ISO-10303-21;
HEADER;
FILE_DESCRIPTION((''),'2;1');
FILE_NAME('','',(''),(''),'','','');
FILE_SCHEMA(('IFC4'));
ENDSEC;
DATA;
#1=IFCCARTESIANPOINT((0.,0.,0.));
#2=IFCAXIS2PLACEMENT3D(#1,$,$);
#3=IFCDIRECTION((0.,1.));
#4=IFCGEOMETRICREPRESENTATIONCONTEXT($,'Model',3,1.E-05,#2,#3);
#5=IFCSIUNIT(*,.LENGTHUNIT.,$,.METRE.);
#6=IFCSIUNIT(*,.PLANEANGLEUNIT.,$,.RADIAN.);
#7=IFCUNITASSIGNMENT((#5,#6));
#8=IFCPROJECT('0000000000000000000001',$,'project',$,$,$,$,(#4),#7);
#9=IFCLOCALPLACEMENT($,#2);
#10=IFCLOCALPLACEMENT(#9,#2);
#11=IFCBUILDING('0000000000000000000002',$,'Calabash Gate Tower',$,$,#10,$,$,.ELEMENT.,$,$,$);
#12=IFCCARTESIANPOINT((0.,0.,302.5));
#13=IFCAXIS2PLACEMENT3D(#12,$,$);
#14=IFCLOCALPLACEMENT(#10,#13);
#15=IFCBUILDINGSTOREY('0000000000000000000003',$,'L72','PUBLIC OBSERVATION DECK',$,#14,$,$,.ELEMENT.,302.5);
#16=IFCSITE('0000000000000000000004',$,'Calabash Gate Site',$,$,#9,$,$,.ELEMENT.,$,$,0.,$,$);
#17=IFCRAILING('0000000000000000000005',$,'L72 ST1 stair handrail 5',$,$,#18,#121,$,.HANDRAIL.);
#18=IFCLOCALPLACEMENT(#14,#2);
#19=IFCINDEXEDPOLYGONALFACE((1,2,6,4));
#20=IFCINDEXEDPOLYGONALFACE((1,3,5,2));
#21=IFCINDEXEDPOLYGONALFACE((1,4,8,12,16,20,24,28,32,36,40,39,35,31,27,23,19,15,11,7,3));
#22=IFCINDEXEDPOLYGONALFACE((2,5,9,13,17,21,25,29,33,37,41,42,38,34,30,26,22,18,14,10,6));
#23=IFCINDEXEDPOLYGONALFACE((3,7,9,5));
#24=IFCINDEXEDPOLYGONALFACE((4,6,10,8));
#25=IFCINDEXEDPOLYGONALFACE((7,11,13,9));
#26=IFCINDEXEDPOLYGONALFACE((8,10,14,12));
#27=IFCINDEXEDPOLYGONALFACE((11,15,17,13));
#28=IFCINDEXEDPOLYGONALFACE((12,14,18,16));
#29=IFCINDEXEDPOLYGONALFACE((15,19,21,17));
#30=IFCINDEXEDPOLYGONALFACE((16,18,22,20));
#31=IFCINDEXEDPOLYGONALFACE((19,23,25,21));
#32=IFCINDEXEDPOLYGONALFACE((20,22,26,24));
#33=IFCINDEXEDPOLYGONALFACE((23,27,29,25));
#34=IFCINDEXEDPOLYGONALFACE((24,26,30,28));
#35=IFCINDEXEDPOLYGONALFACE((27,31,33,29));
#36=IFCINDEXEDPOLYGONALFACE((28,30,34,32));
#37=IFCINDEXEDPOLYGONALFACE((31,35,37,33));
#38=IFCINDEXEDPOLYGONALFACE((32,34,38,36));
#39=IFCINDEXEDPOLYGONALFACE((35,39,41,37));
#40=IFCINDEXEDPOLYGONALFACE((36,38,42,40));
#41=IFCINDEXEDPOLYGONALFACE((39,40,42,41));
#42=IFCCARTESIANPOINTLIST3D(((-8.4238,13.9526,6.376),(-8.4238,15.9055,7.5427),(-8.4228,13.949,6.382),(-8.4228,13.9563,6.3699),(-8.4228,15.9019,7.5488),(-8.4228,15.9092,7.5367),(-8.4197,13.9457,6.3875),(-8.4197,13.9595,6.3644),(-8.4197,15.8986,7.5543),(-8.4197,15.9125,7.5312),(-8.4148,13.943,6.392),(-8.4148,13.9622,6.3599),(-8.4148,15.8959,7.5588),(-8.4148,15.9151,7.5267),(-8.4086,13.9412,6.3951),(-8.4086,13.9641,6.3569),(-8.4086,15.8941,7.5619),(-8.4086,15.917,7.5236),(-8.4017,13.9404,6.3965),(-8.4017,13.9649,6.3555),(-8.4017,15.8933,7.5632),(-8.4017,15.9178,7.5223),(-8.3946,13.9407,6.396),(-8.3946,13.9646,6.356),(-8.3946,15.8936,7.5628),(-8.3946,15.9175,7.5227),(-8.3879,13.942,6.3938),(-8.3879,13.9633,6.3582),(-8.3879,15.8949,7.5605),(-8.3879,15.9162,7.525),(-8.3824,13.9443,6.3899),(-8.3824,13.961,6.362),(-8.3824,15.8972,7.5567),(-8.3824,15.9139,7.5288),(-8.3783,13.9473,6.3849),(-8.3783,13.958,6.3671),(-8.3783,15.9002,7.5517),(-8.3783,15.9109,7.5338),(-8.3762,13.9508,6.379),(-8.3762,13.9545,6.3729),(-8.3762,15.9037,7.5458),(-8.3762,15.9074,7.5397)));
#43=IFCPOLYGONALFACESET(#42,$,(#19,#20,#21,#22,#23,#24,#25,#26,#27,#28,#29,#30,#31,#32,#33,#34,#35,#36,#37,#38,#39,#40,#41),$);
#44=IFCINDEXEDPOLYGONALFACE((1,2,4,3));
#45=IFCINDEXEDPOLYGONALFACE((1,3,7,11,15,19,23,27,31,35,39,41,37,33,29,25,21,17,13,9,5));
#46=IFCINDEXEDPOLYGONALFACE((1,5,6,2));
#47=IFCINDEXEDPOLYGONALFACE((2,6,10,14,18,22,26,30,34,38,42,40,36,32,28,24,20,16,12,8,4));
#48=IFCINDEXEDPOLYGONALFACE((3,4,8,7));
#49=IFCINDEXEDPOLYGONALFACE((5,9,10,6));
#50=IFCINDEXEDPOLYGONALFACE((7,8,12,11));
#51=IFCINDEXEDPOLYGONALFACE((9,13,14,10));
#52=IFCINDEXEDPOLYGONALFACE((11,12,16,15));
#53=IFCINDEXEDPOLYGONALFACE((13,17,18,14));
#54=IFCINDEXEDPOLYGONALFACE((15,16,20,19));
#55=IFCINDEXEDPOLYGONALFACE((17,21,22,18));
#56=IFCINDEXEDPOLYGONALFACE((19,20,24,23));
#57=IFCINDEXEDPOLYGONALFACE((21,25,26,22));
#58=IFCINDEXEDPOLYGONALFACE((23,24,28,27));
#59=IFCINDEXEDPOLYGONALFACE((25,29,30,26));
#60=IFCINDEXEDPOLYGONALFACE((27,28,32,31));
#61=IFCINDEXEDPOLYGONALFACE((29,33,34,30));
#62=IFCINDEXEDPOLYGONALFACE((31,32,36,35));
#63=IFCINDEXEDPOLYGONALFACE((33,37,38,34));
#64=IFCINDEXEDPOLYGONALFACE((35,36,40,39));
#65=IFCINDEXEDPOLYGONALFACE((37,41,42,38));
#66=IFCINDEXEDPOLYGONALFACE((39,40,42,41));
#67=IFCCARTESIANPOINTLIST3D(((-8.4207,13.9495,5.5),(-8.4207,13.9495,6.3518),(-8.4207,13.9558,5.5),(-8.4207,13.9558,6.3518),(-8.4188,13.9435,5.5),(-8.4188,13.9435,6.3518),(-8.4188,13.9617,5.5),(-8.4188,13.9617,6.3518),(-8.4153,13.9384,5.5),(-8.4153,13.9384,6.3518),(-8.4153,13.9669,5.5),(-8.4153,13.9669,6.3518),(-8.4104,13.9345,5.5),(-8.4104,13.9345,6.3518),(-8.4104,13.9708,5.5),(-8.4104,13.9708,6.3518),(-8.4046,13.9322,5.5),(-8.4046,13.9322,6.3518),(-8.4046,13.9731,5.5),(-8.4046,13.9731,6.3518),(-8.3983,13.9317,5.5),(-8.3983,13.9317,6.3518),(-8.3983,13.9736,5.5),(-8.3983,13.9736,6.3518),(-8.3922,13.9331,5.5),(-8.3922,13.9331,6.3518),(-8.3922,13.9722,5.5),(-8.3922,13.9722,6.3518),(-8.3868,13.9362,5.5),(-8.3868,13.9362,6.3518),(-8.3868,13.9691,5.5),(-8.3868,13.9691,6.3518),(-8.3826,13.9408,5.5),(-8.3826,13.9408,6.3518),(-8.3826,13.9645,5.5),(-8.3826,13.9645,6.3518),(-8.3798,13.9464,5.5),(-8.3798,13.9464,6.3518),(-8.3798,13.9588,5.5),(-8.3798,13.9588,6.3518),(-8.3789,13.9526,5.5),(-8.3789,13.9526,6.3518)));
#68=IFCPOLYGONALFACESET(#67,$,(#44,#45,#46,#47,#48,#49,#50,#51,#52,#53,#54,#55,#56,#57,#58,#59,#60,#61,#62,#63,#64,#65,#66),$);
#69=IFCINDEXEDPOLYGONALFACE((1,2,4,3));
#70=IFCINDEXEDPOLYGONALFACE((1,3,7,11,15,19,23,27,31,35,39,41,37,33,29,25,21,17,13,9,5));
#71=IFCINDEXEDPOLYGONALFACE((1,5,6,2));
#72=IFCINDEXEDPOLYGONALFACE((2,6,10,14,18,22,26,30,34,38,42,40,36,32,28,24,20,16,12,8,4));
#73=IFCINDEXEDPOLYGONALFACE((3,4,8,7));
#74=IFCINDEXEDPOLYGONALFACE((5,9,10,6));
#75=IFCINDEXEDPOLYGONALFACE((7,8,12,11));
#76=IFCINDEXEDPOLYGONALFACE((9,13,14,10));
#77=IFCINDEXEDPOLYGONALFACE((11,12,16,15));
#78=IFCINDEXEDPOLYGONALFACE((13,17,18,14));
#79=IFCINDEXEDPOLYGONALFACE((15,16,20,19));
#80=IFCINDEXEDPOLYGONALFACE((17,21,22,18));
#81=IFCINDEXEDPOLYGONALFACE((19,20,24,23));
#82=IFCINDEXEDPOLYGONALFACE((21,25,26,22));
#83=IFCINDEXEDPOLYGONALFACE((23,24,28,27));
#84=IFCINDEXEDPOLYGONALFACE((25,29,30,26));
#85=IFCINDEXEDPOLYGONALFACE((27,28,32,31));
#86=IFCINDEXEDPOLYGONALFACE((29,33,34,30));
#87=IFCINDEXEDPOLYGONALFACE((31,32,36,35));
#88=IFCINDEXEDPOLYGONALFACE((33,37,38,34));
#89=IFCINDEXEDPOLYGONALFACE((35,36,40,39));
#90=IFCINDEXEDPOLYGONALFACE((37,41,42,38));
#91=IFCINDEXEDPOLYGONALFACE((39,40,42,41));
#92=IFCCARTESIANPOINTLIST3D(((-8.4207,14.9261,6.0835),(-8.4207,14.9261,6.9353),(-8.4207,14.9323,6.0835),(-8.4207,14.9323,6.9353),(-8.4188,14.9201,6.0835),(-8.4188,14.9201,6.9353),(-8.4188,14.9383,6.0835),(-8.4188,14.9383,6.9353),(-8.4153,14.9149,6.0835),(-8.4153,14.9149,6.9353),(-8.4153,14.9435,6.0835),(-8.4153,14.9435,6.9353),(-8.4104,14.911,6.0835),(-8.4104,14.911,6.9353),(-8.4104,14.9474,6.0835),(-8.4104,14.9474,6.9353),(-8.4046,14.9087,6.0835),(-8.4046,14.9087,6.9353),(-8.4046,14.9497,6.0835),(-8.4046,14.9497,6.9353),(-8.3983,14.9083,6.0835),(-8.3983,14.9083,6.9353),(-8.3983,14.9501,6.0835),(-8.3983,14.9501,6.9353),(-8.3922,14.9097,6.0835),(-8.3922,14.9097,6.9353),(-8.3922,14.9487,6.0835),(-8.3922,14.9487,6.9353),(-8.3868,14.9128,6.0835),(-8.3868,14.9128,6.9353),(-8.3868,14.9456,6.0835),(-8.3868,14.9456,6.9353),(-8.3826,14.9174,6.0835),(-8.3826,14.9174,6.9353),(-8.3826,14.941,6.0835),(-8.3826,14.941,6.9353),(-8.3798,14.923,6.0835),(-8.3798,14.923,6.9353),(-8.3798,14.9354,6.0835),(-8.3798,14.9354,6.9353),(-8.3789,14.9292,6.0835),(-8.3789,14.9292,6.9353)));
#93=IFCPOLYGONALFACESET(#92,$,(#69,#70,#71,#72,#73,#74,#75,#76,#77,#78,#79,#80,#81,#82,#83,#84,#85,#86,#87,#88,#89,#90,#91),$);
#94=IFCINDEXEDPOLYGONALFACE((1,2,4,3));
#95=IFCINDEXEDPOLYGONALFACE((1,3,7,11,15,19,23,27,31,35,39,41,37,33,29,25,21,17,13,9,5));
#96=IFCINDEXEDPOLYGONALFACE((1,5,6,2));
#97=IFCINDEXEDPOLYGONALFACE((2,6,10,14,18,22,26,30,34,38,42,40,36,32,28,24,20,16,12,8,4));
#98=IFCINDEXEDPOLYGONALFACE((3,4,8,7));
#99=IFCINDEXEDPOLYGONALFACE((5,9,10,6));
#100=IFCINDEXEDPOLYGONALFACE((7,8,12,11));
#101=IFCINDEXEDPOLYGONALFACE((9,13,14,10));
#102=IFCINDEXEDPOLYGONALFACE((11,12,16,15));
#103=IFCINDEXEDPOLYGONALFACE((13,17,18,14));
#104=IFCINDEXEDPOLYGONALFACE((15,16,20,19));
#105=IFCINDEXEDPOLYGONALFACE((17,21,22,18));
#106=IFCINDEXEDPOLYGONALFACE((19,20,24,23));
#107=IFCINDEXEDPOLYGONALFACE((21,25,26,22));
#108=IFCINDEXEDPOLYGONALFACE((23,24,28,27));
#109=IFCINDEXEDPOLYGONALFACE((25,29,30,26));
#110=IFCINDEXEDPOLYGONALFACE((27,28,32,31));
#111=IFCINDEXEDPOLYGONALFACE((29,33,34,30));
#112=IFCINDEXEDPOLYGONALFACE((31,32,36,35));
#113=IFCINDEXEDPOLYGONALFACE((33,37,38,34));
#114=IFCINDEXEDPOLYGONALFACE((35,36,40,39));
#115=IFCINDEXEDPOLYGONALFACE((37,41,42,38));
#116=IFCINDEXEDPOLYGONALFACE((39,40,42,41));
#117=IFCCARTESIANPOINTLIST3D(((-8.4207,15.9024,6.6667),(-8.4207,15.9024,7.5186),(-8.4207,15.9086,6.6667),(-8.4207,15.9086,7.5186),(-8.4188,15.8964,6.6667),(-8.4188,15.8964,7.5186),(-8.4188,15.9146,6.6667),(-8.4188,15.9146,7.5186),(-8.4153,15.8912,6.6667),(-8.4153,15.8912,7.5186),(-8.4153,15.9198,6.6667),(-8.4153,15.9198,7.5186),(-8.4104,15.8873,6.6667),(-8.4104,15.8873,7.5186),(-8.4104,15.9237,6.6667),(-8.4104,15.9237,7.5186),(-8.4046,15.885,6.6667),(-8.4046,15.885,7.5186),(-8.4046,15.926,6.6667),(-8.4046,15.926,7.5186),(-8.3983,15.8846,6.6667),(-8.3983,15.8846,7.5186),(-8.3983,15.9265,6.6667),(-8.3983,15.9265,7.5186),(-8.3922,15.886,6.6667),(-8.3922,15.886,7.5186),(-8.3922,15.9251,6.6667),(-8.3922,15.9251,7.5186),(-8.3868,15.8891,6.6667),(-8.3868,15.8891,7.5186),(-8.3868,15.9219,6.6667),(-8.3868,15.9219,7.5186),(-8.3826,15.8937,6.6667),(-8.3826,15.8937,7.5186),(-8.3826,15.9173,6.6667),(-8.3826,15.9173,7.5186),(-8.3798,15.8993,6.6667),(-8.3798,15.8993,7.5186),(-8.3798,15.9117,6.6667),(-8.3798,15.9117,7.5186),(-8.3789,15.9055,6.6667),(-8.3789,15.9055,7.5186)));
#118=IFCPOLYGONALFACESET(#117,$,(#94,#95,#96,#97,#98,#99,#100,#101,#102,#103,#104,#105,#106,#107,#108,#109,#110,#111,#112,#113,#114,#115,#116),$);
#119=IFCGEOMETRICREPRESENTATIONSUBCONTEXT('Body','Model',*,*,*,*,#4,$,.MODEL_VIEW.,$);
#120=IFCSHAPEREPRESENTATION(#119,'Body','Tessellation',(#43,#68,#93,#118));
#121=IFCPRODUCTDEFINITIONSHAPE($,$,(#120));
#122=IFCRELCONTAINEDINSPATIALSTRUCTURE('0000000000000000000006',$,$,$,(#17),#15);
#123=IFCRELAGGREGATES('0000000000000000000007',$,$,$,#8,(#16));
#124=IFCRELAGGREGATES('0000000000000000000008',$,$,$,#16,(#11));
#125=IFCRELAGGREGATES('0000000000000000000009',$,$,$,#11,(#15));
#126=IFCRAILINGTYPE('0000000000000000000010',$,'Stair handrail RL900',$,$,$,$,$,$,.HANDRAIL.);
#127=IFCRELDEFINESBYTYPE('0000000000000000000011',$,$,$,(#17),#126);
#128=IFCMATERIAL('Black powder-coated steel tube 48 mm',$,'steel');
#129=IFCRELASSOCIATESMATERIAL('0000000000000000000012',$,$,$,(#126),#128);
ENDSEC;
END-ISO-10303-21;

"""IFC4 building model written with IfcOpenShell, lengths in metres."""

from ifc_helpers import new_model, si_unit, direction, frame, origin, origin_2d, place, context, subcontext, project, spatial, circle, extrude, material, type_object, element, save


model = new_model("IFC4")

# Units and contexts
model_context = context("Model", 3, precision=1e-05, world=origin(), true_north=direction((0.0, 1.0)))
body_context = subcontext(model_context, "Body", "Model", "MODEL_VIEW")
ifc_project = project(units=[si_unit("LENGTHUNIT", "METRE"), si_unit("PLANEANGLEUNIT", "RADIAN")], contexts=[model_context])

# Site, building, storey
site_placement = place(None, origin())
site = spatial("IfcSite", under=ifc_project, at=site_placement, Name="Calabash Gate Site", CompositionType="ELEMENT", RefElevation=0.0)
building_placement = place(site_placement, origin())
building = spatial("IfcBuilding", under=site, at=building_placement, Name="Calabash Gate Tower", CompositionType="ELEMENT")
storey_placement = place(building_placement, frame((0.0, 0.0, 302.5)))
storey = spatial("IfcBuildingStorey", under=building, at=storey_placement, Name="L72", Description="PUBLIC OBSERVATION DECK", CompositionType="ELEMENT", Elevation=302.5)

# Railing
ifc_material_1 = material(Name="Black powder-coated steel tube 48 mm", Category="steel")
railing_type_1 = type_object("IfcRailingType", Name="Stair handrail RL900", PredefinedType="HANDRAIL", material=ifc_material_1)
railing_1_placement = place(storey_placement, frame((-8.3999, 13.9526, 5.5)))
element("IfcRailing", 1, at=railing_1_placement, inside=storey, type_object=railing_type_1, Name="L72 ST1 stair handrail 5", PredefinedType="HANDRAIL", context=body_context, shape_type="SweptSolid", body=[
    extrude(circle(Radius=0.0239, at=origin_2d()), frame((0.0, 0.0, 0.876), z_axis=(0.0, 0.858457, 0.512885), x_axis=(-1.0, 0.0, 0.0)), (0.0, 0.0, 1.0), 2.2749),
    extrude(circle(Radius=0.021, at=origin_2d()), origin(), (0.0, 0.0, 1.0), 0.8518),
    extrude(circle(Radius=0.021, at=origin_2d()), frame((0.0, 0.9766, 0.5835)), (0.0, 0.0, 1.0), 0.8518),
    extrude(circle(Radius=0.021, at=origin_2d()), frame((0.0, 1.9529, 1.1667)), (0.0, 0.0, 1.0), 0.8518),
])

save(model, "model.ifc")
